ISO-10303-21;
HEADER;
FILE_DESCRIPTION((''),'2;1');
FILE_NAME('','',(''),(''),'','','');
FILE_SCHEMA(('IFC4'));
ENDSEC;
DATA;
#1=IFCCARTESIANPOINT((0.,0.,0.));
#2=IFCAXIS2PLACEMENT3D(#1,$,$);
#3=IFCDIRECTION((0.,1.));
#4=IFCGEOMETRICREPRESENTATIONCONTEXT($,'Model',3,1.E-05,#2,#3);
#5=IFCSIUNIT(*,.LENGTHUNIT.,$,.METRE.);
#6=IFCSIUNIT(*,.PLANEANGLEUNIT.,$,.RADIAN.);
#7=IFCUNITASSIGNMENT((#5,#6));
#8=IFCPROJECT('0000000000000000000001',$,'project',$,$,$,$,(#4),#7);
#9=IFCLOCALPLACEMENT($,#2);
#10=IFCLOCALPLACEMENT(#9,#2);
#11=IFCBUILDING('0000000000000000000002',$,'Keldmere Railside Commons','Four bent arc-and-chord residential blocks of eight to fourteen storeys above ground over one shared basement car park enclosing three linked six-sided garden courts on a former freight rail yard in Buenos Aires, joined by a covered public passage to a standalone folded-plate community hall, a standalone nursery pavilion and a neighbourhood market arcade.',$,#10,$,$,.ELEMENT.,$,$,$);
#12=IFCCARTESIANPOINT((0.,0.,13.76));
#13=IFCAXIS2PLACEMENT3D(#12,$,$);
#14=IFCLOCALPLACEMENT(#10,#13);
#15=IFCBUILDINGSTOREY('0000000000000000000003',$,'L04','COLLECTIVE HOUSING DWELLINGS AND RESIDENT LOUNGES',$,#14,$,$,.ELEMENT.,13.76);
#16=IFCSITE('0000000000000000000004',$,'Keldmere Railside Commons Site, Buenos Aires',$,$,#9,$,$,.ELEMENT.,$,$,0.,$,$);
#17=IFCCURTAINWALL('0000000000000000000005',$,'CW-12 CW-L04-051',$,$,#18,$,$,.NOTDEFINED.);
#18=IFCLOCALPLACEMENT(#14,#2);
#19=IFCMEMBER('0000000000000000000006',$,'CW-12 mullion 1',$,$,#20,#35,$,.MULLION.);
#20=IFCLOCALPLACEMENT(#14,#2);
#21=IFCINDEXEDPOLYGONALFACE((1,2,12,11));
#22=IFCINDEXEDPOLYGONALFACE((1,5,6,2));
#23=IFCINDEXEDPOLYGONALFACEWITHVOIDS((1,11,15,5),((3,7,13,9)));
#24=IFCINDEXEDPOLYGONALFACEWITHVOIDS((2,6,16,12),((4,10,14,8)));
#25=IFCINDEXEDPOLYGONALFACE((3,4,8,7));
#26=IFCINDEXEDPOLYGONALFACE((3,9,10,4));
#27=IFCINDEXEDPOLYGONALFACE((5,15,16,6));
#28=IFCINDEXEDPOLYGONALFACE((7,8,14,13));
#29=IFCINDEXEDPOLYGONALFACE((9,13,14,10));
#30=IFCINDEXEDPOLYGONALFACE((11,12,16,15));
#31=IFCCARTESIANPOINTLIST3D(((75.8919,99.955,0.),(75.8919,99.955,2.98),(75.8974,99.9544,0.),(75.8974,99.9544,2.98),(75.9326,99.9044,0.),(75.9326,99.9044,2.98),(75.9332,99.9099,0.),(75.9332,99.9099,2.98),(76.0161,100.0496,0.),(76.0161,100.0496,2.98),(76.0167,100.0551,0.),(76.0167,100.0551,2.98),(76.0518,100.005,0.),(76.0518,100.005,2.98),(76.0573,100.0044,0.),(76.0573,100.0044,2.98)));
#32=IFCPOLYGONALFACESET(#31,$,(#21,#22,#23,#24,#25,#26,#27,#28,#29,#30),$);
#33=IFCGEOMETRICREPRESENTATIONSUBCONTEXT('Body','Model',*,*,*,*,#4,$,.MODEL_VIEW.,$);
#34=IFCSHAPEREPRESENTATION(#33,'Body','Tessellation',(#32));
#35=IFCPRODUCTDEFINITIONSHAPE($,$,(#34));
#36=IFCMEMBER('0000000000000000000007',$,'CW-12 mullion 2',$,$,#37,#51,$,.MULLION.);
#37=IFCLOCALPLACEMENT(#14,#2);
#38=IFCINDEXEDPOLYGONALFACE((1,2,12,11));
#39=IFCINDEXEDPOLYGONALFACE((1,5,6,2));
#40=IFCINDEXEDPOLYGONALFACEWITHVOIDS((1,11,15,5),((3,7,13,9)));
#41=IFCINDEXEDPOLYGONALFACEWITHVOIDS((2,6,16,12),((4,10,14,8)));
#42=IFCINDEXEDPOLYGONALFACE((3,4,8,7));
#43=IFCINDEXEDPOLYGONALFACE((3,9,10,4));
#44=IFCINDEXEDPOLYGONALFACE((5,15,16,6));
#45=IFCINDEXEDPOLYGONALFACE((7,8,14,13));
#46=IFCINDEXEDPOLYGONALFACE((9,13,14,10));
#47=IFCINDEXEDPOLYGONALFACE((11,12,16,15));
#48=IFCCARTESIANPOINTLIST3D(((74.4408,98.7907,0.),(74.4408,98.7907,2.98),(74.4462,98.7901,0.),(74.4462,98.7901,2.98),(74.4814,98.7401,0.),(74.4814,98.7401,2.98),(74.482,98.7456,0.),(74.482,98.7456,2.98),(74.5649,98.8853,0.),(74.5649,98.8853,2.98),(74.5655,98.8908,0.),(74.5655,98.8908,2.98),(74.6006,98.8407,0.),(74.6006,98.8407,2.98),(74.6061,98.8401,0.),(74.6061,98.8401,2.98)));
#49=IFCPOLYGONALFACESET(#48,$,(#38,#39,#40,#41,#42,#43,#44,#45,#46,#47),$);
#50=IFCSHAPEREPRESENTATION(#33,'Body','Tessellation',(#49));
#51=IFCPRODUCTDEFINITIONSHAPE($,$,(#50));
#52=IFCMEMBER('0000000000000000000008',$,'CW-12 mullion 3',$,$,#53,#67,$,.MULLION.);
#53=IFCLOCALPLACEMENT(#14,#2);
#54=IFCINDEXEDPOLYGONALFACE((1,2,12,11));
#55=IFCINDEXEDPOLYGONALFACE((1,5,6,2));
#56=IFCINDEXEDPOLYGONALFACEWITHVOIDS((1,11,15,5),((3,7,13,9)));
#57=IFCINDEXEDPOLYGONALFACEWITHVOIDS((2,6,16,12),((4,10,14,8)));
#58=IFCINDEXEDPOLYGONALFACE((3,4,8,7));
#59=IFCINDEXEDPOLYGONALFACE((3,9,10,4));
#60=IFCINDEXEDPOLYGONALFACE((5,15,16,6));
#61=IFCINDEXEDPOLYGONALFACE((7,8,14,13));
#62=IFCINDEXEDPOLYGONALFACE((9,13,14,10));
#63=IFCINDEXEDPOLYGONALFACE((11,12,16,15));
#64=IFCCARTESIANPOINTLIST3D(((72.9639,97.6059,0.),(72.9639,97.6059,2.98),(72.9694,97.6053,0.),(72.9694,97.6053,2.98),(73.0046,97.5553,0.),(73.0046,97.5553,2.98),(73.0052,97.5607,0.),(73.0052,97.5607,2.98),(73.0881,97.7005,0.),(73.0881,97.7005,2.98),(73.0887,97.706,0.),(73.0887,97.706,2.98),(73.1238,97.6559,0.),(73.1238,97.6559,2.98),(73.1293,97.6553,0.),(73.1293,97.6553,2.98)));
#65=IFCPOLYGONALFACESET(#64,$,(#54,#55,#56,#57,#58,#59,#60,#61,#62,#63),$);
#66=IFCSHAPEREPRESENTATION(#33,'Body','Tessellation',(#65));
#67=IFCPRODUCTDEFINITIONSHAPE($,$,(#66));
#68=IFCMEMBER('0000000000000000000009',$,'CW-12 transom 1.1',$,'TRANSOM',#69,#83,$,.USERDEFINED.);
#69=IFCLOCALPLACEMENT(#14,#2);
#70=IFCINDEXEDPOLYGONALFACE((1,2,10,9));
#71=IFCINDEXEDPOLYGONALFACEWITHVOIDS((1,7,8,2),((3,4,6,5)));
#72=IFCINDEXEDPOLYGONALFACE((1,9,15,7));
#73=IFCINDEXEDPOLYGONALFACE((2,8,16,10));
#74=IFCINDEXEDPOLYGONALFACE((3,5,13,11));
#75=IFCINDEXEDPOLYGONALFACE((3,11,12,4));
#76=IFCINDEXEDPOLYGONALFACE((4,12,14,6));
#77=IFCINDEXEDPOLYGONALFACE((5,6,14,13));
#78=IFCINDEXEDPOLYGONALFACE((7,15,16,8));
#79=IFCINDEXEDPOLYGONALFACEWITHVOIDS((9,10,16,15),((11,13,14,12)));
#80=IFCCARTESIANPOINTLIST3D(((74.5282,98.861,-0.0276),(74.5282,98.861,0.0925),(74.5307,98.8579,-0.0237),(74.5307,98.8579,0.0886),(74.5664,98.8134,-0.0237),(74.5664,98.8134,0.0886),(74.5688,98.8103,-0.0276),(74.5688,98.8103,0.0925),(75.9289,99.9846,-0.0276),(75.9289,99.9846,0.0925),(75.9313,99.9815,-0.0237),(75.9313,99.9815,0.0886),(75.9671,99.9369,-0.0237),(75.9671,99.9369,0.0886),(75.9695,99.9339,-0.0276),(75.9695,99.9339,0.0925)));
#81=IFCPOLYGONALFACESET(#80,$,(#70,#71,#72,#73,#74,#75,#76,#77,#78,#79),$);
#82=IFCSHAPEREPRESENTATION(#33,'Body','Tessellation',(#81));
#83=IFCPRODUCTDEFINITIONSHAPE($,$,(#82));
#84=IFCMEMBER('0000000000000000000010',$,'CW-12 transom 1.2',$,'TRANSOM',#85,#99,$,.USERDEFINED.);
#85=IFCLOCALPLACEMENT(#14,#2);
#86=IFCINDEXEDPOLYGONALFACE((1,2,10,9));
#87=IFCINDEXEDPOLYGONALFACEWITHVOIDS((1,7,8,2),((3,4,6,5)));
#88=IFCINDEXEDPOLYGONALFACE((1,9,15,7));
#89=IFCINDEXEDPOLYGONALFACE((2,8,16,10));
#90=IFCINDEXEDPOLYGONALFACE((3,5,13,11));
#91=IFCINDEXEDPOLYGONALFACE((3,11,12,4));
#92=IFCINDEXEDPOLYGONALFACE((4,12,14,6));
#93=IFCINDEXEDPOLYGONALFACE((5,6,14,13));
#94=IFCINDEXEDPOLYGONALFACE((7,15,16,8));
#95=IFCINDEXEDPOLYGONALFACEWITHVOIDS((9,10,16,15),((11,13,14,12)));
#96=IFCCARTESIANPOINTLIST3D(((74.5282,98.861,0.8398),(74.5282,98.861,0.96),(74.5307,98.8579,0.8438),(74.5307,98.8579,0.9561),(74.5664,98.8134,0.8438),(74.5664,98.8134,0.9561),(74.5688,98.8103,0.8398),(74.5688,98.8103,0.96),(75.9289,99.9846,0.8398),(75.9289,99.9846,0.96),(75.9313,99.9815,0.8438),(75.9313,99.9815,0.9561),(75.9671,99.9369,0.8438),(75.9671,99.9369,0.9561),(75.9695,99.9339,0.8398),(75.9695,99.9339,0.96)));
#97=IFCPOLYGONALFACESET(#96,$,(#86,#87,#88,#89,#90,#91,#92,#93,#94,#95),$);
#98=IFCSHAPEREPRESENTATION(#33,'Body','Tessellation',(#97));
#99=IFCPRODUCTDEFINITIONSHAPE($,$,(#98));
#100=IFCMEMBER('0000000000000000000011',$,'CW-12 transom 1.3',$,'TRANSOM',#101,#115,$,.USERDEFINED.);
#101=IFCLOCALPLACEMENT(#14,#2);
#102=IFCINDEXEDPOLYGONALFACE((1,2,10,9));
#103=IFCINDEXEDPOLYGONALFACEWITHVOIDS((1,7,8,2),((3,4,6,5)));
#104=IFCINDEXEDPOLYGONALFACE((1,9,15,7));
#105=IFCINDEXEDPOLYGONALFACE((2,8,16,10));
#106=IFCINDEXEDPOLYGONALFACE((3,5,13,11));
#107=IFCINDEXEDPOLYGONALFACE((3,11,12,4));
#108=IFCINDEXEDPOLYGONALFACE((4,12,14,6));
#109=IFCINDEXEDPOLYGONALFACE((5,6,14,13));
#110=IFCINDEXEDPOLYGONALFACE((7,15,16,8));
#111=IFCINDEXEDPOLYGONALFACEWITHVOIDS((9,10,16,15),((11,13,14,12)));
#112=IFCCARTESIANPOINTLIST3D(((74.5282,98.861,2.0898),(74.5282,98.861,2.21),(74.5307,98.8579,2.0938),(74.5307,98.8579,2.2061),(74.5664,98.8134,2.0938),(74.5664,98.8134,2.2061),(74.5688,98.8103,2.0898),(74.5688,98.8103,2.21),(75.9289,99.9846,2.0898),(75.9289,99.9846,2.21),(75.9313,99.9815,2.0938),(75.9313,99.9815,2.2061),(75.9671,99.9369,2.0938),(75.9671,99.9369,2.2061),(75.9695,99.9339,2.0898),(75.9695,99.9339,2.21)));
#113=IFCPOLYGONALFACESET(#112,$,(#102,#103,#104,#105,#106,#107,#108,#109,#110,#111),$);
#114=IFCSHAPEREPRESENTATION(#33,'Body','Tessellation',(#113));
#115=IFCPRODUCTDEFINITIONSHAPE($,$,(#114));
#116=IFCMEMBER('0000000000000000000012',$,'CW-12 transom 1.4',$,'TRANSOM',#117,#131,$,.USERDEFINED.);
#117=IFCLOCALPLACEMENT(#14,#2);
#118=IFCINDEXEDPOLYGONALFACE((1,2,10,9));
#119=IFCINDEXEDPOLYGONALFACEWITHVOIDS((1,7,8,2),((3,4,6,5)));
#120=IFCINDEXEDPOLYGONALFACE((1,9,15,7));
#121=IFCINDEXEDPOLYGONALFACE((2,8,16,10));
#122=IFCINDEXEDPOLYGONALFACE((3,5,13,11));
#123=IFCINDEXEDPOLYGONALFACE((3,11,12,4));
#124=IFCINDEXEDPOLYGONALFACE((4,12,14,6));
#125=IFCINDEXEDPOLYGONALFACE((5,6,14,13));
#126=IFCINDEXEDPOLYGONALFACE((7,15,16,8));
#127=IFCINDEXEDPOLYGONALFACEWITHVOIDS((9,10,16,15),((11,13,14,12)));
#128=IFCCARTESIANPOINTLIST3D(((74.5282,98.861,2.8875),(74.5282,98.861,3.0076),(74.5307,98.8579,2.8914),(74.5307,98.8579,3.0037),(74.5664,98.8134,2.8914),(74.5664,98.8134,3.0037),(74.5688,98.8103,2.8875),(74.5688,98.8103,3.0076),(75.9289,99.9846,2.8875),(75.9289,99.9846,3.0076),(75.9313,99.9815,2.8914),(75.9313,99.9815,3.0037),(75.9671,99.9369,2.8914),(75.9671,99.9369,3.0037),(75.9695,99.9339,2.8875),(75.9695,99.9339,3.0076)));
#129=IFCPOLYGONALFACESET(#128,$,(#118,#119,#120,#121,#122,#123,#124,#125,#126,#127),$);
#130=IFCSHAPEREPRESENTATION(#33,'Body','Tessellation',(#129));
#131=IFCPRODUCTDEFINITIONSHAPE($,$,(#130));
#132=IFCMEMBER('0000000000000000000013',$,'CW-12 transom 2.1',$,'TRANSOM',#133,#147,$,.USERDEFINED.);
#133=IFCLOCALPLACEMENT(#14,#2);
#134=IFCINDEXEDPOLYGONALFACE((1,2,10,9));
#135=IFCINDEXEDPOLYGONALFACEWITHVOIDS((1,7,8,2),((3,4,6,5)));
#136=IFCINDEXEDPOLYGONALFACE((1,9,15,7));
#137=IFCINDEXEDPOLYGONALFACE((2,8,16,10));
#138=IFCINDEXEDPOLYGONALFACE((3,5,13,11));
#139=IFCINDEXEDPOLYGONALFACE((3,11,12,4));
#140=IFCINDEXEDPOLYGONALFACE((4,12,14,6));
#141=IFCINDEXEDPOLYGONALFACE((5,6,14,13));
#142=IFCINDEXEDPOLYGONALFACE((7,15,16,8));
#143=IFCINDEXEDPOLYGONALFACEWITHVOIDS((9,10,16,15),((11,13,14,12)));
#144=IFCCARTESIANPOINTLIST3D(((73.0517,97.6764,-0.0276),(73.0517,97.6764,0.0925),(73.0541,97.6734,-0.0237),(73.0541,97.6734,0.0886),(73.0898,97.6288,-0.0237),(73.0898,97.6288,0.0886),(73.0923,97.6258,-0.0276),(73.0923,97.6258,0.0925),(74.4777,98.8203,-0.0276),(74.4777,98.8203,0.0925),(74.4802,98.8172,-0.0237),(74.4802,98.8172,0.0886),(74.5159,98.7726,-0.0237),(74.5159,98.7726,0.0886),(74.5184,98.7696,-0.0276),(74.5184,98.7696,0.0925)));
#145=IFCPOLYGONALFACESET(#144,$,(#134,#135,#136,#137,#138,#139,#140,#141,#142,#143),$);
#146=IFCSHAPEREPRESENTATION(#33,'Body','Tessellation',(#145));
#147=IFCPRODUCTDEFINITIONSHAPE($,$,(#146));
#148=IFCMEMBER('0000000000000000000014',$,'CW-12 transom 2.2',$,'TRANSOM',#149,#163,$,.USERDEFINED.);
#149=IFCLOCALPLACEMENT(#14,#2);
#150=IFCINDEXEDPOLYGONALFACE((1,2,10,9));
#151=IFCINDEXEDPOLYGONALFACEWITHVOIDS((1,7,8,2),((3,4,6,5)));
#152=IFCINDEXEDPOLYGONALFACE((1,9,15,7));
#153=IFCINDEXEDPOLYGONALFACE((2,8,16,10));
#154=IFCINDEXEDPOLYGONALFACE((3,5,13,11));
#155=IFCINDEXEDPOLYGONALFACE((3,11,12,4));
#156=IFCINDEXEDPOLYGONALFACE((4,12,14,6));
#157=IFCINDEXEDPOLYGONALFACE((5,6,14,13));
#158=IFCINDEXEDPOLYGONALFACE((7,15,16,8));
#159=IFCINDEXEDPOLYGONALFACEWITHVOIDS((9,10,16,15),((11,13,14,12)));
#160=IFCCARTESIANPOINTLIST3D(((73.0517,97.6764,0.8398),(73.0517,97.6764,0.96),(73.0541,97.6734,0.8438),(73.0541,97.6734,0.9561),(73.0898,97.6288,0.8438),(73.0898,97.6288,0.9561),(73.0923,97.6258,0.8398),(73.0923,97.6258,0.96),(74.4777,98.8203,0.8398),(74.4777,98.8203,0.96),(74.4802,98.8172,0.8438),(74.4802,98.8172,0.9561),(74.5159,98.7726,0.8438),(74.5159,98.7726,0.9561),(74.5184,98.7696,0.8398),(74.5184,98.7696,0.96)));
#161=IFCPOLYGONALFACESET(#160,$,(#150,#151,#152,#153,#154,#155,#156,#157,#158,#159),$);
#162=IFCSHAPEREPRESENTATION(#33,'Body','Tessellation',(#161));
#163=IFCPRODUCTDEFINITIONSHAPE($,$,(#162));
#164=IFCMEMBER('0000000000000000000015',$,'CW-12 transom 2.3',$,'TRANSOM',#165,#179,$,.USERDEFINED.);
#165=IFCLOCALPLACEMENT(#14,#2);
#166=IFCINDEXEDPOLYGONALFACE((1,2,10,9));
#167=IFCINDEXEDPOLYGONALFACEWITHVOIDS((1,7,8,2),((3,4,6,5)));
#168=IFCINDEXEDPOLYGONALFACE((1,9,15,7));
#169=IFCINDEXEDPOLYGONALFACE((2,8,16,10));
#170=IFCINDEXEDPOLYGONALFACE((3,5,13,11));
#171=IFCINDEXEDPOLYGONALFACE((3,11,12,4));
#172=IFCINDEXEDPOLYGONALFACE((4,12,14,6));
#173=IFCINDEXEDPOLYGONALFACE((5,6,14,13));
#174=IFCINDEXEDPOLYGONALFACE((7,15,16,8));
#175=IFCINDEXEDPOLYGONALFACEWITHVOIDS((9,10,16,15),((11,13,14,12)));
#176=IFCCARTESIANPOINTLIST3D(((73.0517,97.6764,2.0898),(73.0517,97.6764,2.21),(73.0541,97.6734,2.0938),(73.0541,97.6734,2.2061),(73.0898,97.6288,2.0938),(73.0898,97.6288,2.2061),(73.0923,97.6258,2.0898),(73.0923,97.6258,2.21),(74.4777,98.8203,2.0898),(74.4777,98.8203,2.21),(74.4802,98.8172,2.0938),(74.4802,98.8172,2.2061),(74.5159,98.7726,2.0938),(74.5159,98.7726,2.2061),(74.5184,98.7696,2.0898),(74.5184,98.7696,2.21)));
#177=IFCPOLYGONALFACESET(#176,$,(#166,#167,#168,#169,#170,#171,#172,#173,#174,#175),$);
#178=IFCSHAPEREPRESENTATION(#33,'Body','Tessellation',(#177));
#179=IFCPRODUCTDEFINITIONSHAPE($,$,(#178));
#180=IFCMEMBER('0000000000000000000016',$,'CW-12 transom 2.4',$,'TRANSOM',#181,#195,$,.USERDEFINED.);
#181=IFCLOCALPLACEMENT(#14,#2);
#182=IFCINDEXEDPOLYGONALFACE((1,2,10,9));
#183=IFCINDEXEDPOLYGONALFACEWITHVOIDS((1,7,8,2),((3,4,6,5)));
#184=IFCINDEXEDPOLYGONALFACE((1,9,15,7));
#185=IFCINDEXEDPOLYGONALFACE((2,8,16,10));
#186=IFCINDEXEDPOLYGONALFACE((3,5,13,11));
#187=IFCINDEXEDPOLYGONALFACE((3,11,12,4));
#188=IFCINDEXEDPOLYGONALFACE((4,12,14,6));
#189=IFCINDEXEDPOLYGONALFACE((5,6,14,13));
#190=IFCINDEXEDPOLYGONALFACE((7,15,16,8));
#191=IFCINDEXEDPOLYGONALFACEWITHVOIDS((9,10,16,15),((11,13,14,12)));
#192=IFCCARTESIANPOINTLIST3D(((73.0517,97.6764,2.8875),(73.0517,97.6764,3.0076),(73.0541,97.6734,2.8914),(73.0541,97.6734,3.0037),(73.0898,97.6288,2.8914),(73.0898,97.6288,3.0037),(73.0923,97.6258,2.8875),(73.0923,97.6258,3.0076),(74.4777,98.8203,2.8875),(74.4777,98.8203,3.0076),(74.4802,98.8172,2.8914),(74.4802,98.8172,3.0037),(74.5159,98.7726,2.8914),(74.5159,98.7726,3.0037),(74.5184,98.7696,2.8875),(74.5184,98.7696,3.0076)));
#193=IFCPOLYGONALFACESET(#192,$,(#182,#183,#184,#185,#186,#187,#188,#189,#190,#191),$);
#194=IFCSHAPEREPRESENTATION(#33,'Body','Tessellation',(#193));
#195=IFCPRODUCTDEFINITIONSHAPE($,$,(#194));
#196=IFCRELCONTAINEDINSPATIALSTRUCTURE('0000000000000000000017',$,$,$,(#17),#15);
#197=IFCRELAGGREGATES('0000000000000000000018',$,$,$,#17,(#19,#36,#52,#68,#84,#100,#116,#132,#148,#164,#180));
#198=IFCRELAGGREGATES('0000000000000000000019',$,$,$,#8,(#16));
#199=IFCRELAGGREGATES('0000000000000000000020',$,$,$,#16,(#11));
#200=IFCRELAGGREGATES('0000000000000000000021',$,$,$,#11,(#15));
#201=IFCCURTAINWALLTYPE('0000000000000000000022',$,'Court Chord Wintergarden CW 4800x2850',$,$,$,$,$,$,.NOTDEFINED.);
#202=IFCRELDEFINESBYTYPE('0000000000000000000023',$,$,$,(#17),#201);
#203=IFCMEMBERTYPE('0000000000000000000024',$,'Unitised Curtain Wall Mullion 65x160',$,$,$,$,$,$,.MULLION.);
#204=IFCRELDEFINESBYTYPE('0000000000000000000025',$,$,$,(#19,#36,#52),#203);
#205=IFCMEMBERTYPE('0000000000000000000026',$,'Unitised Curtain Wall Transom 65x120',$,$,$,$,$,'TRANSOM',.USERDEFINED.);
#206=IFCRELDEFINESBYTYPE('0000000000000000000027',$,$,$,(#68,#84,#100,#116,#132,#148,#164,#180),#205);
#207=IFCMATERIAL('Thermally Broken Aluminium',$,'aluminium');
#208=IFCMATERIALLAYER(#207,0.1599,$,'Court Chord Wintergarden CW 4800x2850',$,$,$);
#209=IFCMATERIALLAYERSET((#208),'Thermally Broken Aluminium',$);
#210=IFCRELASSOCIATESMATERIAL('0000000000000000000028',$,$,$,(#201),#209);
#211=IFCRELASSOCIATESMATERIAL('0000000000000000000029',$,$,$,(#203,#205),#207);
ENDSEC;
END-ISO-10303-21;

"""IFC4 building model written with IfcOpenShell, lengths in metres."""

from ifc_helpers import new_model, si_unit, direction, frame, origin, origin_2d, place, context, subcontext, project, spatial, hollow_rectangle, extrude, material, layer, layer_set, material_profile, profile_set, type_object, element, aggregate, save


model = new_model("IFC4")

# Units and contexts
model_context = context("Model", 3, precision=1e-05, world=origin(), true_north=direction((0.0, 1.0)))
body_context = subcontext(model_context, "Body", "Model", "MODEL_VIEW")
ifc_project = project(units=[si_unit("LENGTHUNIT", "METRE"), si_unit("PLANEANGLEUNIT", "RADIAN")], contexts=[model_context])

# Site, building, storey
site_placement = place(None, origin())
site = spatial("IfcSite", under=ifc_project, at=site_placement, Name="Keldmere Railside Commons Site, Buenos Aires", CompositionType="ELEMENT", RefElevation=0.0)
building_placement = place(site_placement, origin())
building = spatial("IfcBuilding", under=site, at=building_placement, Name="Keldmere Railside Commons", Description="Four bent arc-and-chord residential blocks of eight to fourteen storeys above ground over one shared basement car park enclosing three linked six-sided garden courts on a former freight rail yard in Buenos Aires, joined by a covered public passage to a standalone folded-plate community hall, a standalone nursery pavilion and a neighbourhood market arcade.", CompositionType="ELEMENT")
storey_placement = place(building_placement, frame((0.0, 0.0, 13.76)))
storey = spatial("IfcBuildingStorey", under=building, at=storey_placement, Name="L04", Description="COLLECTIVE HOUSING DWELLINGS AND RESIDENT LOUNGES", CompositionType="ELEMENT", Elevation=13.76)

# Curtain wall, members
ifc_material_1 = material(Name="Thermally Broken Aluminium", Category="aluminium")
ifc_layer_1 = layer(ifc_material_1, 0.1599, Name="Court Chord Wintergarden CW 4800x2850")
ifc_layer_set_1 = layer_set([ifc_layer_1], Name="Thermally Broken Aluminium")
curtain_wall_type = type_object("IfcCurtainWallType", Name="Court Chord Wintergarden CW 4800x2850", PredefinedType="NOTDEFINED", material=ifc_layer_set_1)
curtain_wall_placement = place(storey_placement, origin())
curtain_wall = element("IfcCurtainWall", 1, at=curtain_wall_placement, inside=storey, type_object=curtain_wall_type, Name="CW-12 CW-L04-051", PredefinedType="NOTDEFINED")
ifc_material_profile_1 = material_profile(ifc_material_1, hollow_rectangle(XDim=0.0649, YDim=0.1599, WallThickness=0.0039, at=origin_2d()), Name="ALU-MULL-65x160")
ifc_profile_set_1 = profile_set([ifc_material_profile_1], Name="Thermally Broken Aluminium")
member_type_1 = type_object("IfcMemberType", Name="Unitised Curtain Wall Mullion 65x160", PredefinedType="MULLION", material=ifc_profile_set_1)
member_1_placement = place(storey_placement, frame((75.9746, 99.9797, 0.0), z_axis=(0.0, 0.0, 1.0), x_axis=(0.625768, -0.780009, 0.0)))
member_1 = element("IfcMember", 2, at=member_1_placement, type_object=member_type_1, Name="CW-12 mullion 1", PredefinedType="MULLION", context=body_context, shape_type="SweptSolid", body=[
    extrude(hollow_rectangle(XDim=0.0649, YDim=0.1599, WallThickness=0.0039, at=origin_2d()), origin(), (0.0, 0.0, 1.0), 2.98),
])
member_2_placement = place(storey_placement, frame((74.5234, 98.8154, 0.0), z_axis=(0.0, 0.0, 1.0), x_axis=(0.625768, -0.780009, 0.0)))
member_2 = element("IfcMember", 3, at=member_2_placement, type_object=member_type_1, Name="CW-12 mullion 2", PredefinedType="MULLION", context=body_context, shape_type="SweptSolid", body=[
    extrude(hollow_rectangle(XDim=0.0649, YDim=0.1599, WallThickness=0.0039, at=origin_2d()), origin(), (0.0, 0.0, 1.0), 2.98),
])
member_3_placement = place(storey_placement, frame((73.0466, 97.6306, 0.0), z_axis=(0.0, 0.0, 1.0), x_axis=(0.625768, -0.780009, 0.0)))
member_3 = element("IfcMember", 4, at=member_3_placement, type_object=member_type_1, Name="CW-12 mullion 3", PredefinedType="MULLION", context=body_context, shape_type="SweptSolid", body=[
    extrude(hollow_rectangle(XDim=0.0649, YDim=0.1599, WallThickness=0.0039, at=origin_2d()), origin(), (0.0, 0.0, 1.0), 2.98),
])
ifc_material_profile_2 = material_profile(ifc_material_1, hollow_rectangle(XDim=0.0649, YDim=0.1201, WallThickness=0.0039, at=origin_2d()), Name="ALU-TRAN-65x120")
ifc_profile_set_2 = profile_set([ifc_material_profile_2], Name="Thermally Broken Aluminium")
member_type_2 = type_object("IfcMemberType", Name="Unitised Curtain Wall Transom 65x120", ElementType="TRANSOM", PredefinedType="USERDEFINED", material=ifc_profile_set_2)
member_4_placement = place(storey_placement, frame((75.9492, 99.9592, 0.0325), z_axis=(-0.780046, -0.625723, 0.0), x_axis=(0.625723, -0.780046, 0.0)))
member_4 = element("IfcMember", 5, at=member_4_placement, type_object=member_type_2, Name="CW-12 transom 1.1", ObjectType="TRANSOM", PredefinedType="USERDEFINED", context=body_context, shape_type="SweptSolid", body=[
    extrude(hollow_rectangle(XDim=0.0649, YDim=0.1201, WallThickness=0.0039, at=origin_2d()), origin(), (0.0, 0.0, 1.0), 1.7957),
])
member_5_placement = place(storey_placement, frame((75.9492, 99.9592, 0.8999), z_axis=(-0.780046, -0.625723, 0.0), x_axis=(0.625723, -0.780046, 0.0)))
member_5 = element("IfcMember", 6, at=member_5_placement, type_object=member_type_2, Name="CW-12 transom 1.2", ObjectType="TRANSOM", PredefinedType="USERDEFINED", context=body_context, shape_type="SweptSolid", body=[
    extrude(hollow_rectangle(XDim=0.0649, YDim=0.1201, WallThickness=0.0039, at=origin_2d()), origin(), (0.0, 0.0, 1.0), 1.7957),
])
member_6_placement = place(storey_placement, frame((75.9492, 99.9592, 2.1499), z_axis=(-0.780046, -0.625723, 0.0), x_axis=(0.625723, -0.780046, 0.0)))
member_6 = element("IfcMember", 7, at=member_6_placement, type_object=member_type_2, Name="CW-12 transom 1.3", ObjectType="TRANSOM", PredefinedType="USERDEFINED", context=body_context, shape_type="SweptSolid", body=[
    extrude(hollow_rectangle(XDim=0.0649, YDim=0.1201, WallThickness=0.0039, at=origin_2d()), origin(), (0.0, 0.0, 1.0), 1.7957),
])
member_7_placement = place(storey_placement, frame((75.9492, 99.9592, 2.9475), z_axis=(-0.780046, -0.625723, 0.0), x_axis=(0.625723, -0.780046, 0.0)))
member_7 = element("IfcMember", 8, at=member_7_placement, type_object=member_type_2, Name="CW-12 transom 1.4", ObjectType="TRANSOM", PredefinedType="USERDEFINED", context=body_context, shape_type="SweptSolid", body=[
    extrude(hollow_rectangle(XDim=0.0649, YDim=0.1201, WallThickness=0.0039, at=origin_2d()), origin(), (0.0, 0.0, 1.0), 1.7957),
])
member_8_placement = place(storey_placement, frame((74.498, 98.7949, 0.0325), z_axis=(-0.780073, -0.625688, 0.0), x_axis=(0.625688, -0.780073, 0.0)))
member_8 = element("IfcMember", 9, at=member_8_placement, type_object=member_type_2, Name="CW-12 transom 2.1", ObjectType="TRANSOM", PredefinedType="USERDEFINED", context=body_context, shape_type="SweptSolid", body=[
    extrude(hollow_rectangle(XDim=0.0649, YDim=0.1201, WallThickness=0.0039, at=origin_2d()), origin(), (0.0, 0.0, 1.0), 1.8281),
])
member_9_placement = place(storey_placement, frame((74.498, 98.7949, 0.8999), z_axis=(-0.780073, -0.625688, 0.0), x_axis=(0.625688, -0.780073, 0.0)))
member_9 = element("IfcMember", 10, at=member_9_placement, type_object=member_type_2, Name="CW-12 transom 2.2", ObjectType="TRANSOM", PredefinedType="USERDEFINED", context=body_context, shape_type="SweptSolid", body=[
    extrude(hollow_rectangle(XDim=0.0649, YDim=0.1201, WallThickness=0.0039, at=origin_2d()), origin(), (0.0, 0.0, 1.0), 1.8281),
])
member_10_placement = place(storey_placement, frame((74.498, 98.7949, 2.1499), z_axis=(-0.780073, -0.625688, 0.0), x_axis=(0.625688, -0.780073, 0.0)))
member_10 = element("IfcMember", 11, at=member_10_placement, type_object=member_type_2, Name="CW-12 transom 2.3", ObjectType="TRANSOM", PredefinedType="USERDEFINED", context=body_context, shape_type="SweptSolid", body=[
    extrude(hollow_rectangle(XDim=0.0649, YDim=0.1201, WallThickness=0.0039, at=origin_2d()), origin(), (0.0, 0.0, 1.0), 1.8281),
])
member_11_placement = place(storey_placement, frame((74.498, 98.7949, 2.9475), z_axis=(-0.780073, -0.625688, 0.0), x_axis=(0.625688, -0.780073, 0.0)))
member_11 = element("IfcMember", 12, at=member_11_placement, type_object=member_type_2, Name="CW-12 transom 2.4", ObjectType="TRANSOM", PredefinedType="USERDEFINED", context=body_context, shape_type="SweptSolid", body=[
    extrude(hollow_rectangle(XDim=0.0649, YDim=0.1201, WallThickness=0.0039, at=origin_2d()), origin(), (0.0, 0.0, 1.0), 1.8281),
])
aggregate(curtain_wall, [member_1, member_2, member_3, member_4, member_5, member_6, member_7, member_8, member_9, member_10, member_11])

save(model, "model.ifc")
